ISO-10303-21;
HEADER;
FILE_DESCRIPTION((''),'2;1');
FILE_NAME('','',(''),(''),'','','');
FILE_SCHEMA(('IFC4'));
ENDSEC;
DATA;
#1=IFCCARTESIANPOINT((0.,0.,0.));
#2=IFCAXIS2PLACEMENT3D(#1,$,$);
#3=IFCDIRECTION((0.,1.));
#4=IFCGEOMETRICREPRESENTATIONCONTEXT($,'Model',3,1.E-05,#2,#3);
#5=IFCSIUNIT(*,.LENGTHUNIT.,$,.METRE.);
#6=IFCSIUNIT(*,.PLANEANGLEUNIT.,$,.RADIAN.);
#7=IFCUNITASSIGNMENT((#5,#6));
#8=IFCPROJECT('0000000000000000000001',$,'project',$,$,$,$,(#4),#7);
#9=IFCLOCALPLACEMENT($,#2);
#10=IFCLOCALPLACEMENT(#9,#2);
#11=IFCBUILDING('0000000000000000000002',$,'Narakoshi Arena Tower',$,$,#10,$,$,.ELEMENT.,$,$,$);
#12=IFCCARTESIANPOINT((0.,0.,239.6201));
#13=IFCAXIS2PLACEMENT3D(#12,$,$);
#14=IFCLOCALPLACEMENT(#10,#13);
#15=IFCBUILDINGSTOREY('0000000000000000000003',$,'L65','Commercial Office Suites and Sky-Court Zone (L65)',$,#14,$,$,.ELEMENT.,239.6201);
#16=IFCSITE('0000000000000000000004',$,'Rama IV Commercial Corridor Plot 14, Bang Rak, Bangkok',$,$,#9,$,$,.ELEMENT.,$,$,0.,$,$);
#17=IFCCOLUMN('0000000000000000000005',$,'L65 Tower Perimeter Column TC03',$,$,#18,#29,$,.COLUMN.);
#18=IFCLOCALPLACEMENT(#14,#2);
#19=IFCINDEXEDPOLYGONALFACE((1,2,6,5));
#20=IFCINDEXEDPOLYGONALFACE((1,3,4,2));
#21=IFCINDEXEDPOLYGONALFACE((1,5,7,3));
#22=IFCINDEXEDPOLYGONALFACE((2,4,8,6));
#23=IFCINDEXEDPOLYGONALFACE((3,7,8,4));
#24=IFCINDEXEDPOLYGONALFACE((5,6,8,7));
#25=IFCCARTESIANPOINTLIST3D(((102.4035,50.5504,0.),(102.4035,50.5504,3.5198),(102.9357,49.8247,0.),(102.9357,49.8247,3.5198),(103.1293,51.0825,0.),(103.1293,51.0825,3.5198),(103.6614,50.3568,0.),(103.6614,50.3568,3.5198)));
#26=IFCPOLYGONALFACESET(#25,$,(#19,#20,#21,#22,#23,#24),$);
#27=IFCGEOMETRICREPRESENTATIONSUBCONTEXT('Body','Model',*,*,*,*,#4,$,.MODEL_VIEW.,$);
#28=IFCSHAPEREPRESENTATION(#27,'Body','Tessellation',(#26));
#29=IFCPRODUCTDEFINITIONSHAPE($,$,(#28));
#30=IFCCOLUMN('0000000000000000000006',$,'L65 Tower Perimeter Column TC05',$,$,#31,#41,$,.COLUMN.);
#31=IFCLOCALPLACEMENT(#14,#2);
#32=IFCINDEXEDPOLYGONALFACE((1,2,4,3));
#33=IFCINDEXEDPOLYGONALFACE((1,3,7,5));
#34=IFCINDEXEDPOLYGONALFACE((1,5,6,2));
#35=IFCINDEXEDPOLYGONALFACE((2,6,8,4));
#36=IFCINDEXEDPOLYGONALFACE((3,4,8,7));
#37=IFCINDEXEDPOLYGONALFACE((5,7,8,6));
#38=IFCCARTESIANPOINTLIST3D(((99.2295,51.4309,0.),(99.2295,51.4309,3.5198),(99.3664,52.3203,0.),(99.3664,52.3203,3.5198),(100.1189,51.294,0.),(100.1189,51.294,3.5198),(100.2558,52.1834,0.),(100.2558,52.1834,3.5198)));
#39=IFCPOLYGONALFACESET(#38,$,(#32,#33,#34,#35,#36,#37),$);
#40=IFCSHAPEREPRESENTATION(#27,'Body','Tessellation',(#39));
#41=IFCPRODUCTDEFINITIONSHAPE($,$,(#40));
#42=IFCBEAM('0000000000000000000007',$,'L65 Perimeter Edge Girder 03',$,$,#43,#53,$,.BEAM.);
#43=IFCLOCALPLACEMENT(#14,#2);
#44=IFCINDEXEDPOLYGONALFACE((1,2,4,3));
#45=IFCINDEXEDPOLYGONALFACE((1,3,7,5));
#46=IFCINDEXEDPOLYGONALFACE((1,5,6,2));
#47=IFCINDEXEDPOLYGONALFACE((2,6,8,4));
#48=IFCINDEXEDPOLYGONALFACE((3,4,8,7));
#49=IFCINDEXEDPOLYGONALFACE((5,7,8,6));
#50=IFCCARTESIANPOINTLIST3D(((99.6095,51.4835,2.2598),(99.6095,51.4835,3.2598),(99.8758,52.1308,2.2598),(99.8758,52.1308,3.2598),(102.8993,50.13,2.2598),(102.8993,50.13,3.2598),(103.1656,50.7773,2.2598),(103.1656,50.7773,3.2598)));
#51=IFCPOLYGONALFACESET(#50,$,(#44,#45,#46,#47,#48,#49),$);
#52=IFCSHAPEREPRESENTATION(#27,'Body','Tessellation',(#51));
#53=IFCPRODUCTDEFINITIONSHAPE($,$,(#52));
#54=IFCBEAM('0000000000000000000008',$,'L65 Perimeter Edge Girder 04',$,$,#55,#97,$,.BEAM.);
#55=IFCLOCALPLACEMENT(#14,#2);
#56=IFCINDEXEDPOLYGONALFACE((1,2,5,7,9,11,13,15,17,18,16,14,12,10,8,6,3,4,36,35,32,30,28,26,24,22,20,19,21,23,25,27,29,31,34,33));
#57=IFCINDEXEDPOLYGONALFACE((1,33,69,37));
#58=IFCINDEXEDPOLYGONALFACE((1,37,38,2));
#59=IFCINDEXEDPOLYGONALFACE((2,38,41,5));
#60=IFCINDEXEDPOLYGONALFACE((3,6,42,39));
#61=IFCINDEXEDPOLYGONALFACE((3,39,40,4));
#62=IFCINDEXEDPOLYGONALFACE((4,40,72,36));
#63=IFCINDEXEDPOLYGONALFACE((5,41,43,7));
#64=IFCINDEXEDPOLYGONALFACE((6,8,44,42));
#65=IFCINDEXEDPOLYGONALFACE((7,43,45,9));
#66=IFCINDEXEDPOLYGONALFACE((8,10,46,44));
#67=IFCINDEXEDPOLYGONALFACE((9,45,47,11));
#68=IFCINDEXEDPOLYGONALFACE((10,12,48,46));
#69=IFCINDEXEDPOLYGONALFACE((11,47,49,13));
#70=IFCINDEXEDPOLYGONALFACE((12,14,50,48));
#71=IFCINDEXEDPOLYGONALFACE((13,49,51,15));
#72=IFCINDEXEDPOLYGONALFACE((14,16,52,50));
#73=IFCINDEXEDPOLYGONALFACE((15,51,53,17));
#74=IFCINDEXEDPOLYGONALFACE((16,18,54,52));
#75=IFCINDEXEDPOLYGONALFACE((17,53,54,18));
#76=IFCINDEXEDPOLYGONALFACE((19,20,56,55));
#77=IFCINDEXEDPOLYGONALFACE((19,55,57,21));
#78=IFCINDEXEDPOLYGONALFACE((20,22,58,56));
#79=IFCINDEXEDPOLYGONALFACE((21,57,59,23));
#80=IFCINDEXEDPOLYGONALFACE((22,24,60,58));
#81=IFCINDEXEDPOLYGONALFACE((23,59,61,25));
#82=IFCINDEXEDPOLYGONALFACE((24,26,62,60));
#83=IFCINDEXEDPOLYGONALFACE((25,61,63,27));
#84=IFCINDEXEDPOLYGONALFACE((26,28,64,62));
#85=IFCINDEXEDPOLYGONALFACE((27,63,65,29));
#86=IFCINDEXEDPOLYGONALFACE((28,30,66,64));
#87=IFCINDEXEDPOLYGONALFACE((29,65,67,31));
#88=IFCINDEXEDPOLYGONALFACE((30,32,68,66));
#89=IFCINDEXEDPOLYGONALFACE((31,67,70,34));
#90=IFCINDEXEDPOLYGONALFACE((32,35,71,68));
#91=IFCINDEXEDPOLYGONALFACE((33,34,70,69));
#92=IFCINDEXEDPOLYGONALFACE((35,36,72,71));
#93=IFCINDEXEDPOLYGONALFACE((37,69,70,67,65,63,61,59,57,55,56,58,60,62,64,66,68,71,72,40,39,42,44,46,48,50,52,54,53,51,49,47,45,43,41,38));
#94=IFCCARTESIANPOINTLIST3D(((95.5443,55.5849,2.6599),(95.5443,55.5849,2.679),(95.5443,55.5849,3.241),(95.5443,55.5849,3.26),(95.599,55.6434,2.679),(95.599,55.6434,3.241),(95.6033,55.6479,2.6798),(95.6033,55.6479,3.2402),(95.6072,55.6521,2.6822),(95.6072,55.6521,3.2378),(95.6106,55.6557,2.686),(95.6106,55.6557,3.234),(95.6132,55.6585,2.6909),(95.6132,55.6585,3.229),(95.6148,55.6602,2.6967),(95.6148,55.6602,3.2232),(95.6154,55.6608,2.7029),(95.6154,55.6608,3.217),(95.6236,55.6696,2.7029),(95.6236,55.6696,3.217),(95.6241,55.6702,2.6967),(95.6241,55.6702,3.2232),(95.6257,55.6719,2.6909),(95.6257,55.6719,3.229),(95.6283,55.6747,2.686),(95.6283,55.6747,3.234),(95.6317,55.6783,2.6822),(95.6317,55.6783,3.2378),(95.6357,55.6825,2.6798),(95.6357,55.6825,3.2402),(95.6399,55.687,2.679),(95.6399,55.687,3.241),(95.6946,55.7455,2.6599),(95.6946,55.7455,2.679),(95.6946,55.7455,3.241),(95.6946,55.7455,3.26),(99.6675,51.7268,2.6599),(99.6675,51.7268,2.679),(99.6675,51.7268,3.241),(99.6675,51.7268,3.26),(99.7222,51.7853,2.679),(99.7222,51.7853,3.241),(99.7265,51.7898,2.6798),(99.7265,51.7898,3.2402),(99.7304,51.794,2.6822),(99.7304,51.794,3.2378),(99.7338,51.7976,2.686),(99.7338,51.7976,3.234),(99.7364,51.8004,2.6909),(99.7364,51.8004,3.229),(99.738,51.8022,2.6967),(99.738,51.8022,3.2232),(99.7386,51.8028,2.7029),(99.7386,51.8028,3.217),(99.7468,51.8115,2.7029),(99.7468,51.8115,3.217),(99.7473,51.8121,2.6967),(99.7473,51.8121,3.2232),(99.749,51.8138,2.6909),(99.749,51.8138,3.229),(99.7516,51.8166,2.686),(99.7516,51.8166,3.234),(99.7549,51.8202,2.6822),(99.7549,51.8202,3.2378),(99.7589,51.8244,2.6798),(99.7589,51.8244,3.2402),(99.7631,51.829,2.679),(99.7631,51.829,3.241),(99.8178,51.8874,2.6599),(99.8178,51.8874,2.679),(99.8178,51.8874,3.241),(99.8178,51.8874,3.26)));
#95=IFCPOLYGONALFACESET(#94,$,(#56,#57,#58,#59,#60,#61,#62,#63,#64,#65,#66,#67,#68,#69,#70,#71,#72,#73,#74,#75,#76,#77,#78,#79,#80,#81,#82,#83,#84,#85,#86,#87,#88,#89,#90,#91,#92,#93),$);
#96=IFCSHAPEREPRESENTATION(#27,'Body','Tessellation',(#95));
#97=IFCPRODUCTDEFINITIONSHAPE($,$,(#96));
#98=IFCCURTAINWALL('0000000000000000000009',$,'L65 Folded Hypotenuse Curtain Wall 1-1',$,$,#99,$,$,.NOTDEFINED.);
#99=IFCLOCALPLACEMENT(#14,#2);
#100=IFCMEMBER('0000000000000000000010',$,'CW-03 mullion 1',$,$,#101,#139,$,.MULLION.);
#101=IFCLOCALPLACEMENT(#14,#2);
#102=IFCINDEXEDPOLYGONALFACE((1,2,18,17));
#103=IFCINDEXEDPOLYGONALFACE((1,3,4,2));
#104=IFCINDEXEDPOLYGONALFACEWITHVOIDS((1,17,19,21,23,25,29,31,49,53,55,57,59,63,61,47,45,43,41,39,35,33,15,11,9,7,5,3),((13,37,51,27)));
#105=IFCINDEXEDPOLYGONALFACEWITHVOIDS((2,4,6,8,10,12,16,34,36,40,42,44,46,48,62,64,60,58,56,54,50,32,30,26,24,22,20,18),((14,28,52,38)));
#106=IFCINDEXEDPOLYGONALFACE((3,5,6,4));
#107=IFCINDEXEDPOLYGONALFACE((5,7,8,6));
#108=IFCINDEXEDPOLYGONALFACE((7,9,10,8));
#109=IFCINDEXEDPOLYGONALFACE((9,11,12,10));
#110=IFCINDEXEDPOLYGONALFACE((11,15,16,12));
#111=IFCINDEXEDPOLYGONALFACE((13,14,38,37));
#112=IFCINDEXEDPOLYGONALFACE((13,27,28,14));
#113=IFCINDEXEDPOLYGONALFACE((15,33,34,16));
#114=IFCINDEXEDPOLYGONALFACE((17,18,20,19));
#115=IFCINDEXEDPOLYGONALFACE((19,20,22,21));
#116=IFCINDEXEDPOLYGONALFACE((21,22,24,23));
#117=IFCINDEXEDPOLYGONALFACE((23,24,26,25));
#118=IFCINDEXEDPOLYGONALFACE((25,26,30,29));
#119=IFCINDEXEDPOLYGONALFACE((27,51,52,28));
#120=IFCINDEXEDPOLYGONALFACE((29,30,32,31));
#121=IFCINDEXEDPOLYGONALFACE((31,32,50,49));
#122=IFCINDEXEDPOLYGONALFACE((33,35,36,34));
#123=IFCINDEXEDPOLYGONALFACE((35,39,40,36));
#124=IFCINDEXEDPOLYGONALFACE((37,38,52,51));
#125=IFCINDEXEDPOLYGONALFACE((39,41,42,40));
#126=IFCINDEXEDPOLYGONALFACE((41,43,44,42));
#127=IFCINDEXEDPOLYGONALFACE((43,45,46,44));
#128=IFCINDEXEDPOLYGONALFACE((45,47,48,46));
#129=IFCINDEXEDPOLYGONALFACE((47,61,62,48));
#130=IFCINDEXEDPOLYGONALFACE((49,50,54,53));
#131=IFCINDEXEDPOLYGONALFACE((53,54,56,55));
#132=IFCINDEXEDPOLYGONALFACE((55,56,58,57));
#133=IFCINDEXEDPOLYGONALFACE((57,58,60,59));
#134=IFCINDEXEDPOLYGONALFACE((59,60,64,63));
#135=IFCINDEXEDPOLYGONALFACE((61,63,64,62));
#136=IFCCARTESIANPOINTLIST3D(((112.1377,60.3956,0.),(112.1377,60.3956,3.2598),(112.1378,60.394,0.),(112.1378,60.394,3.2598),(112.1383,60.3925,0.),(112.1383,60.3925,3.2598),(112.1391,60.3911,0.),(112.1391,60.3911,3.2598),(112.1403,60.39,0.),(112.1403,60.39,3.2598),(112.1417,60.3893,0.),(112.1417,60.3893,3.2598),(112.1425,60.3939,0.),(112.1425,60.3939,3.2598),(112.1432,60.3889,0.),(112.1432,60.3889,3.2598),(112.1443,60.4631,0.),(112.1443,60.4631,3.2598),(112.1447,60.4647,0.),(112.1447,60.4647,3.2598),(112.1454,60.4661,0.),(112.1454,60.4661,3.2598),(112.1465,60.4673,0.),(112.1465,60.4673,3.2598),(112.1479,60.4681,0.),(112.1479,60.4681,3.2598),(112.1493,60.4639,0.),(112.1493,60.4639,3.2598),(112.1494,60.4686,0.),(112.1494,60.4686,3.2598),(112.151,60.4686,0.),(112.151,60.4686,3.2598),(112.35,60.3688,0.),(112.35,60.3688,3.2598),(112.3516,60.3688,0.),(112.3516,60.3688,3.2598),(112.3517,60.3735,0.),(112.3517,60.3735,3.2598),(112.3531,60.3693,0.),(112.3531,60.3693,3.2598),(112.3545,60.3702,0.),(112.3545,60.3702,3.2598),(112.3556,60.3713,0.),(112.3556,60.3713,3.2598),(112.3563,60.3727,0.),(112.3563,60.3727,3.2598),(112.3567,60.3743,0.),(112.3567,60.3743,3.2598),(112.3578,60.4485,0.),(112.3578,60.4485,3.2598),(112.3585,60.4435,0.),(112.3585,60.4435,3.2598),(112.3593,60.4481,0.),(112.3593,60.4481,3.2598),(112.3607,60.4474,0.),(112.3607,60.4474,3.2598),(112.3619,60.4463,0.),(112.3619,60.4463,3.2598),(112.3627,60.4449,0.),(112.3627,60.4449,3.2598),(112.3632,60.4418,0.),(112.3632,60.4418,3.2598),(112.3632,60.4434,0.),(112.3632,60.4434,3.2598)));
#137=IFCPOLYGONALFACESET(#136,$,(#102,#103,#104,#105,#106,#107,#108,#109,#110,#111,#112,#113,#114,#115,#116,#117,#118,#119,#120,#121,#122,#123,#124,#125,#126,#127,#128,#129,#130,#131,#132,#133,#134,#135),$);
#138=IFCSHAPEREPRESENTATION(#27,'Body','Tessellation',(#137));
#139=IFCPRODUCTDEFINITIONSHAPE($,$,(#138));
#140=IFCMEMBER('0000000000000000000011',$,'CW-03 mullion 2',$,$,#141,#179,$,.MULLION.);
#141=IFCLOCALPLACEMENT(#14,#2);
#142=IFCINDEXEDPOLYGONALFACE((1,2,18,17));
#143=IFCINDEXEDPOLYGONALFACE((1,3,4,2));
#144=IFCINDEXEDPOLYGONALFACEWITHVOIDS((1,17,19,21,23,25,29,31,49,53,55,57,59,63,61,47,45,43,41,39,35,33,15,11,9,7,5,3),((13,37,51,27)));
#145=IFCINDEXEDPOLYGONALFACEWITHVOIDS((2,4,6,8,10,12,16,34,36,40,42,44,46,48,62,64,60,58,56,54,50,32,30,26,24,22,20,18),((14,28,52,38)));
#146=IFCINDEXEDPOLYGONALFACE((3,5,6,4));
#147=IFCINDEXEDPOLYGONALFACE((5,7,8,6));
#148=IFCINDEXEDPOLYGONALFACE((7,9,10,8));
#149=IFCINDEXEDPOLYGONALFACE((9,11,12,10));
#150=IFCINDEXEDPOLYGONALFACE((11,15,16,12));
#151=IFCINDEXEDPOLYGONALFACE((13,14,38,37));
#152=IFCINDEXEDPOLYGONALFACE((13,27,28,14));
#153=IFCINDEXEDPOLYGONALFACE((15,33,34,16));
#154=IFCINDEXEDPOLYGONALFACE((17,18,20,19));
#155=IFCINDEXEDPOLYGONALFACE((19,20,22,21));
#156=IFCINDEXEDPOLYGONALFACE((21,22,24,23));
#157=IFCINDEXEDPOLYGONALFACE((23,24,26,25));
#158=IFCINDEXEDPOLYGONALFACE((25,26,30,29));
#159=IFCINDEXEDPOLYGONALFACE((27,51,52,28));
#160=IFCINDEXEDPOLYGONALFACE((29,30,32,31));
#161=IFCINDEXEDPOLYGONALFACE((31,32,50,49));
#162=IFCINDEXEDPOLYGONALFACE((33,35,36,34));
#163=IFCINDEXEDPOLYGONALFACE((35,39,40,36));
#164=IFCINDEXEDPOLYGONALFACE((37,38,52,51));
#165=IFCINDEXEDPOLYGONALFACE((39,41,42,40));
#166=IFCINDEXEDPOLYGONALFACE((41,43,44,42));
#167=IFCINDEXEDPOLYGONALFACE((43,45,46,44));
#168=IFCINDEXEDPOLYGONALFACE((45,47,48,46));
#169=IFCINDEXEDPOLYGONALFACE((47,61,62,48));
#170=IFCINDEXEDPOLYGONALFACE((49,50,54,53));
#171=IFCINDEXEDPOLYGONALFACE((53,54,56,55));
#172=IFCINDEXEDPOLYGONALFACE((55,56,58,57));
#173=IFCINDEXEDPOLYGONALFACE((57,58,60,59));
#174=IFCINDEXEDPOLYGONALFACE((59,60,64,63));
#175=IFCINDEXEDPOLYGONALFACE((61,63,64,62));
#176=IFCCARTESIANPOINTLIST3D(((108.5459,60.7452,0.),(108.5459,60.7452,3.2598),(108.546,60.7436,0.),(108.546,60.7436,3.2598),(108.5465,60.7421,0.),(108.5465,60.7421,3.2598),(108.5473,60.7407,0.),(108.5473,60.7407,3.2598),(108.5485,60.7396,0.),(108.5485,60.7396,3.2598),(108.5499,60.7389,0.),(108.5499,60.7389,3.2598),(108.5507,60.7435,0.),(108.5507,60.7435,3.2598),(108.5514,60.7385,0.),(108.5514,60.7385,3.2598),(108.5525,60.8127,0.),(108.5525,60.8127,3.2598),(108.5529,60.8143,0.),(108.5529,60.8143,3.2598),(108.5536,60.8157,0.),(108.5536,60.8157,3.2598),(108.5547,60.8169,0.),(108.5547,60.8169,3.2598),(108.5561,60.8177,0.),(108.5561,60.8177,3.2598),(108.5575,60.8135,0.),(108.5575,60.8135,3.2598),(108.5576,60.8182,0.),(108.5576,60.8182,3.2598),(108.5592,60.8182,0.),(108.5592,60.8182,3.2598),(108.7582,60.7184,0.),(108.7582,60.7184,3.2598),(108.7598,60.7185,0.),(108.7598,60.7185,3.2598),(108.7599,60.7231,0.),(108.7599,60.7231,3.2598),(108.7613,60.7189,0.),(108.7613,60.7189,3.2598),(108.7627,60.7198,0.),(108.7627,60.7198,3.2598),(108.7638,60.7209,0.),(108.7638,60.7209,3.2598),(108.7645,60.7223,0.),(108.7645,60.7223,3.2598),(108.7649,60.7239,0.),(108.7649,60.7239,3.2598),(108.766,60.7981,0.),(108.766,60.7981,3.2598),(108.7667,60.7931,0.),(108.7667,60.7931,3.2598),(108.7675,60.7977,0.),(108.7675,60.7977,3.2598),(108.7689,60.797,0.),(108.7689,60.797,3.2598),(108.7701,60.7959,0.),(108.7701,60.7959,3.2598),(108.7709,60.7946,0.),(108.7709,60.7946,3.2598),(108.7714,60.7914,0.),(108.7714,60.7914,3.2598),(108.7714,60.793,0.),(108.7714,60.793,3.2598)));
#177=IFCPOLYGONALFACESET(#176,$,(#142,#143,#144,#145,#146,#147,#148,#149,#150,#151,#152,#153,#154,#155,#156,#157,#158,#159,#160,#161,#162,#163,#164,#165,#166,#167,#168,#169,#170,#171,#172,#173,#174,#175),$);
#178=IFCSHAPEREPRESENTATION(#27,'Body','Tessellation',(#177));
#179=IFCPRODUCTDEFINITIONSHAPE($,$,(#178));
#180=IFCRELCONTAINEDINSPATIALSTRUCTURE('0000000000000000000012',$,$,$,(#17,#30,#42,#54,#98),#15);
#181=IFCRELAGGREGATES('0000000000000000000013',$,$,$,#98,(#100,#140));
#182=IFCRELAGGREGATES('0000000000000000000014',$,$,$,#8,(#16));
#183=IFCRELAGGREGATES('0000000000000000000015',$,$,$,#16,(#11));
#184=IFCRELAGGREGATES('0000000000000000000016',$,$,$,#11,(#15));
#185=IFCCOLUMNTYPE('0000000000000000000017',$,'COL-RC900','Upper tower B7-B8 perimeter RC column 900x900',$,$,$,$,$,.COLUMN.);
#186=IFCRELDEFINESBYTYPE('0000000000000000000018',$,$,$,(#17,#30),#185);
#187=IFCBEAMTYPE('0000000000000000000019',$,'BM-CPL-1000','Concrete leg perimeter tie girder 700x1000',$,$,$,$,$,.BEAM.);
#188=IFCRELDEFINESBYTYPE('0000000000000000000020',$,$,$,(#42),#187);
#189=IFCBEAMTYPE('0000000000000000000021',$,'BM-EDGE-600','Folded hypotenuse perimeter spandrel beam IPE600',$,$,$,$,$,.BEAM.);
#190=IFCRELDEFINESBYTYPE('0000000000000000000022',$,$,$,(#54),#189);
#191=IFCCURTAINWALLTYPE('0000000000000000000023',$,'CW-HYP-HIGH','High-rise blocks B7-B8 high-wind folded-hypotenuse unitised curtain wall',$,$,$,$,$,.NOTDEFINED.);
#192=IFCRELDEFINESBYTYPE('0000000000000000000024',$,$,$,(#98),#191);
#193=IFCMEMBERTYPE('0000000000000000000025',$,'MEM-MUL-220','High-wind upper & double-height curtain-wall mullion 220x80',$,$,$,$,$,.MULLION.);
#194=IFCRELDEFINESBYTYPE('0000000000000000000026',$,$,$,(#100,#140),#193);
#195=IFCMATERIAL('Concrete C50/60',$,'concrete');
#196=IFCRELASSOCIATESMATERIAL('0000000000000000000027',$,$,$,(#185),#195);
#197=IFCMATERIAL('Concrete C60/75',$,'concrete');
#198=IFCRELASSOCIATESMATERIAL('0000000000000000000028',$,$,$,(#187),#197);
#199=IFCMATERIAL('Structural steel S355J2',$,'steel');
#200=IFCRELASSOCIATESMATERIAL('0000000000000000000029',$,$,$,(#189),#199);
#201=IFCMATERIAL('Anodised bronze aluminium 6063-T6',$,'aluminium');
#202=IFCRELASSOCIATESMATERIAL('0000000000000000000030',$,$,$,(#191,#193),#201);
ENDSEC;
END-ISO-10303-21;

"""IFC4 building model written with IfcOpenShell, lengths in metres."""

from ifc_helpers import new_model, si_unit, direction, frame, origin, origin_2d, place, context, subcontext, project, spatial, rectangle, hollow_rectangle, i_section, extrude, material, material_profile, profile_set, type_object, element, aggregate, save


model = new_model("IFC4")

# Units and contexts
model_context = context("Model", 3, precision=1e-05, world=origin(), true_north=direction((0.0, 1.0)))
body_context = subcontext(model_context, "Body", "Model", "MODEL_VIEW")
ifc_project = project(units=[si_unit("LENGTHUNIT", "METRE"), si_unit("PLANEANGLEUNIT", "RADIAN")], contexts=[model_context])

# Site, building, storey
site_placement = place(None, origin())
site = spatial("IfcSite", under=ifc_project, at=site_placement, Name="Rama IV Commercial Corridor Plot 14, Bang Rak, Bangkok", CompositionType="ELEMENT", RefElevation=0.0)
building_placement = place(site_placement, origin())
building = spatial("IfcBuilding", under=site, at=building_placement, Name="Narakoshi Arena Tower", CompositionType="ELEMENT")
storey_placement = place(building_placement, frame((0.0, 0.0, 239.6201)))
storey = spatial("IfcBuildingStorey", under=building, at=storey_placement, Name="L65", Description="Commercial Office Suites and Sky-Court Zone (L65)", CompositionType="ELEMENT", Elevation=239.6201)

# Columns
ifc_material_1 = material(Name="Concrete C50/60", Category="concrete")
ifc_material_profile_1 = material_profile(ifc_material_1, rectangle(XDim=0.8999, YDim=0.8999, at=origin_2d()), Name="RC900x900")
ifc_profile_set_1 = profile_set([ifc_material_profile_1], Name="Concrete C50/60")
column_type = type_object("IfcColumnType", Name="COL-RC900", Description="Upper tower B7-B8 perimeter RC column 900x900", PredefinedType="COLUMN", material=ifc_profile_set_1)
for number, where, z_axis, x_axis, name in (
    (1, (103.0325, 50.4536, 0.0), (0.0, 0.0, 1.0), (0.806445, 0.59131, 0.0), "L65 Tower Perimeter Column TC03"),
    (2, (99.7427, 51.8071, 0.0), (0.0, 0.0, 1.0), (0.152123, 0.988362, 0.0), "L65 Tower Perimeter Column TC05"),
):
    element("IfcColumn", number, at=place(storey_placement, frame(where, z_axis=z_axis, x_axis=x_axis)), inside=storey, type_object=column_type, Name=name, PredefinedType="COLUMN", context=body_context, shape_type="SweptSolid", body=[
        extrude(rectangle(XDim=0.8999, YDim=0.8999, at=origin_2d()), origin(), (0.0, 0.0, 1.0), 3.5198),
    ])

# Beams
ifc_material_2 = material(Name="Concrete C60/75", Category="concrete")
ifc_material_profile_2 = material_profile(ifc_material_2, rectangle(XDim=0.7, YDim=1.0, at=origin_2d()), Name="RCB700x1000")
ifc_profile_set_2 = profile_set([ifc_material_profile_2], Name="Concrete C60/75")
beam_type_1 = type_object("IfcBeamType", Name="BM-CPL-1000", Description="Concrete leg perimeter tie girder 700x1000", PredefinedType="BEAM", material=ifc_profile_set_2)
beam_1_placement = place(storey_placement, frame((103.0325, 50.4536, 2.7598), z_axis=(-0.924788, 0.380484, 0.0), x_axis=(-0.380484, -0.924788, 0.0)))
element("IfcBeam", 3, at=beam_1_placement, inside=storey, type_object=beam_type_1, Name="L65 Perimeter Edge Girder 03", PredefinedType="BEAM", context=body_context, shape_type="SweptSolid", body=[
    extrude(rectangle(XDim=0.7, YDim=1.0, at=origin_2d()), origin(), (0.0, 0.0, 1.0), 3.5574),
])
ifc_material_3 = material(Name="Structural steel S355J2", Category="steel")
ifc_material_profile_3 = material_profile(ifc_material_3, i_section(OverallWidth=0.22, OverallDepth=0.6001, WebThickness=0.012, FlangeThickness=0.019, FilletRadius=0.0239, at=origin_2d()), Name="IPE600")
ifc_profile_set_3 = profile_set([ifc_material_profile_3], Name="Structural steel S355J2")
beam_type_2 = type_object("IfcBeamType", Name="BM-EDGE-600", Description="Folded hypotenuse perimeter spandrel beam IPE600", PredefinedType="BEAM", material=ifc_profile_set_3)
beam_2_placement = place(storey_placement, frame((99.7427, 51.8071, 2.96), z_axis=(-0.730193, 0.68324, 0.0), x_axis=(-0.68324, -0.730193, 0.0)))
element("IfcBeam", 4, at=beam_2_placement, inside=storey, type_object=beam_type_2, Name="L65 Perimeter Edge Girder 04", PredefinedType="BEAM", context=body_context, shape_type="SweptSolid", body=[
    extrude(i_section(OverallWidth=0.22, OverallDepth=0.6001, WebThickness=0.012, FlangeThickness=0.019, FilletRadius=0.0239, at=origin_2d()), origin(), (0.0, 0.0, 1.0), 5.6467),
])

# Curtain wall, members
ifc_material_4 = material(Name="Anodised bronze aluminium 6063-T6", Category="aluminium")
curtain_wall_type = type_object("IfcCurtainWallType", Name="CW-HYP-HIGH", Description="High-rise blocks B7-B8 high-wind folded-hypotenuse unitised curtain wall", PredefinedType="NOTDEFINED", material=ifc_material_4)
curtain_wall_placement = place(storey_placement, origin())
curtain_wall = element("IfcCurtainWall", 5, at=curtain_wall_placement, inside=storey, type_object=curtain_wall_type, Name="L65 Folded Hypotenuse Curtain Wall 1-1", PredefinedType="NOTDEFINED")
ifc_material_profile_4 = material_profile(ifc_material_4, hollow_rectangle(XDim=0.0801, YDim=0.22, WallThickness=0.0049, OuterFilletRadius=0.0061, at=origin_2d()), Name="MUL220x80x5")
ifc_profile_set_4 = profile_set([ifc_material_profile_4], Name="Anodised bronze aluminium 6063-T6")
member_type_1 = type_object("IfcMemberType", Name="MEM-MUL-220", Description="High-wind upper & double-height curtain-wall mullion 220x80", PredefinedType="MULLION", material=ifc_profile_set_4)
member_1_placement = place(storey_placement, frame((112.2505, 60.4187, 0.0), z_axis=(0.0, 0.0, 1.0), x_axis=(-0.096851, -0.995299, 0.0)))
member_1 = element("IfcMember", 6, at=member_1_placement, type_object=member_type_1, Name="CW-03 mullion 1", PredefinedType="MULLION", context=body_context, shape_type="SweptSolid", body=[
    extrude(hollow_rectangle(XDim=0.0801, YDim=0.22, WallThickness=0.0049, OuterFilletRadius=0.0061, at=origin_2d()), origin(), (0.0, 0.0, 1.0), 3.2598),
])
member_2_placement = place(storey_placement, frame((108.6587, 60.7683, 0.0), z_axis=(0.0, 0.0, 1.0), x_axis=(-0.096851, -0.995299, 0.0)))
member_2 = element("IfcMember", 7, at=member_2_placement, type_object=member_type_1, Name="CW-03 mullion 2", PredefinedType="MULLION", context=body_context, shape_type="SweptSolid", body=[
    extrude(hollow_rectangle(XDim=0.0801, YDim=0.22, WallThickness=0.0049, OuterFilletRadius=0.0061, at=origin_2d()), origin(), (0.0, 0.0, 1.0), 3.2598),
])
aggregate(curtain_wall, [member_1, member_2])

save(model, "model.ifc")
